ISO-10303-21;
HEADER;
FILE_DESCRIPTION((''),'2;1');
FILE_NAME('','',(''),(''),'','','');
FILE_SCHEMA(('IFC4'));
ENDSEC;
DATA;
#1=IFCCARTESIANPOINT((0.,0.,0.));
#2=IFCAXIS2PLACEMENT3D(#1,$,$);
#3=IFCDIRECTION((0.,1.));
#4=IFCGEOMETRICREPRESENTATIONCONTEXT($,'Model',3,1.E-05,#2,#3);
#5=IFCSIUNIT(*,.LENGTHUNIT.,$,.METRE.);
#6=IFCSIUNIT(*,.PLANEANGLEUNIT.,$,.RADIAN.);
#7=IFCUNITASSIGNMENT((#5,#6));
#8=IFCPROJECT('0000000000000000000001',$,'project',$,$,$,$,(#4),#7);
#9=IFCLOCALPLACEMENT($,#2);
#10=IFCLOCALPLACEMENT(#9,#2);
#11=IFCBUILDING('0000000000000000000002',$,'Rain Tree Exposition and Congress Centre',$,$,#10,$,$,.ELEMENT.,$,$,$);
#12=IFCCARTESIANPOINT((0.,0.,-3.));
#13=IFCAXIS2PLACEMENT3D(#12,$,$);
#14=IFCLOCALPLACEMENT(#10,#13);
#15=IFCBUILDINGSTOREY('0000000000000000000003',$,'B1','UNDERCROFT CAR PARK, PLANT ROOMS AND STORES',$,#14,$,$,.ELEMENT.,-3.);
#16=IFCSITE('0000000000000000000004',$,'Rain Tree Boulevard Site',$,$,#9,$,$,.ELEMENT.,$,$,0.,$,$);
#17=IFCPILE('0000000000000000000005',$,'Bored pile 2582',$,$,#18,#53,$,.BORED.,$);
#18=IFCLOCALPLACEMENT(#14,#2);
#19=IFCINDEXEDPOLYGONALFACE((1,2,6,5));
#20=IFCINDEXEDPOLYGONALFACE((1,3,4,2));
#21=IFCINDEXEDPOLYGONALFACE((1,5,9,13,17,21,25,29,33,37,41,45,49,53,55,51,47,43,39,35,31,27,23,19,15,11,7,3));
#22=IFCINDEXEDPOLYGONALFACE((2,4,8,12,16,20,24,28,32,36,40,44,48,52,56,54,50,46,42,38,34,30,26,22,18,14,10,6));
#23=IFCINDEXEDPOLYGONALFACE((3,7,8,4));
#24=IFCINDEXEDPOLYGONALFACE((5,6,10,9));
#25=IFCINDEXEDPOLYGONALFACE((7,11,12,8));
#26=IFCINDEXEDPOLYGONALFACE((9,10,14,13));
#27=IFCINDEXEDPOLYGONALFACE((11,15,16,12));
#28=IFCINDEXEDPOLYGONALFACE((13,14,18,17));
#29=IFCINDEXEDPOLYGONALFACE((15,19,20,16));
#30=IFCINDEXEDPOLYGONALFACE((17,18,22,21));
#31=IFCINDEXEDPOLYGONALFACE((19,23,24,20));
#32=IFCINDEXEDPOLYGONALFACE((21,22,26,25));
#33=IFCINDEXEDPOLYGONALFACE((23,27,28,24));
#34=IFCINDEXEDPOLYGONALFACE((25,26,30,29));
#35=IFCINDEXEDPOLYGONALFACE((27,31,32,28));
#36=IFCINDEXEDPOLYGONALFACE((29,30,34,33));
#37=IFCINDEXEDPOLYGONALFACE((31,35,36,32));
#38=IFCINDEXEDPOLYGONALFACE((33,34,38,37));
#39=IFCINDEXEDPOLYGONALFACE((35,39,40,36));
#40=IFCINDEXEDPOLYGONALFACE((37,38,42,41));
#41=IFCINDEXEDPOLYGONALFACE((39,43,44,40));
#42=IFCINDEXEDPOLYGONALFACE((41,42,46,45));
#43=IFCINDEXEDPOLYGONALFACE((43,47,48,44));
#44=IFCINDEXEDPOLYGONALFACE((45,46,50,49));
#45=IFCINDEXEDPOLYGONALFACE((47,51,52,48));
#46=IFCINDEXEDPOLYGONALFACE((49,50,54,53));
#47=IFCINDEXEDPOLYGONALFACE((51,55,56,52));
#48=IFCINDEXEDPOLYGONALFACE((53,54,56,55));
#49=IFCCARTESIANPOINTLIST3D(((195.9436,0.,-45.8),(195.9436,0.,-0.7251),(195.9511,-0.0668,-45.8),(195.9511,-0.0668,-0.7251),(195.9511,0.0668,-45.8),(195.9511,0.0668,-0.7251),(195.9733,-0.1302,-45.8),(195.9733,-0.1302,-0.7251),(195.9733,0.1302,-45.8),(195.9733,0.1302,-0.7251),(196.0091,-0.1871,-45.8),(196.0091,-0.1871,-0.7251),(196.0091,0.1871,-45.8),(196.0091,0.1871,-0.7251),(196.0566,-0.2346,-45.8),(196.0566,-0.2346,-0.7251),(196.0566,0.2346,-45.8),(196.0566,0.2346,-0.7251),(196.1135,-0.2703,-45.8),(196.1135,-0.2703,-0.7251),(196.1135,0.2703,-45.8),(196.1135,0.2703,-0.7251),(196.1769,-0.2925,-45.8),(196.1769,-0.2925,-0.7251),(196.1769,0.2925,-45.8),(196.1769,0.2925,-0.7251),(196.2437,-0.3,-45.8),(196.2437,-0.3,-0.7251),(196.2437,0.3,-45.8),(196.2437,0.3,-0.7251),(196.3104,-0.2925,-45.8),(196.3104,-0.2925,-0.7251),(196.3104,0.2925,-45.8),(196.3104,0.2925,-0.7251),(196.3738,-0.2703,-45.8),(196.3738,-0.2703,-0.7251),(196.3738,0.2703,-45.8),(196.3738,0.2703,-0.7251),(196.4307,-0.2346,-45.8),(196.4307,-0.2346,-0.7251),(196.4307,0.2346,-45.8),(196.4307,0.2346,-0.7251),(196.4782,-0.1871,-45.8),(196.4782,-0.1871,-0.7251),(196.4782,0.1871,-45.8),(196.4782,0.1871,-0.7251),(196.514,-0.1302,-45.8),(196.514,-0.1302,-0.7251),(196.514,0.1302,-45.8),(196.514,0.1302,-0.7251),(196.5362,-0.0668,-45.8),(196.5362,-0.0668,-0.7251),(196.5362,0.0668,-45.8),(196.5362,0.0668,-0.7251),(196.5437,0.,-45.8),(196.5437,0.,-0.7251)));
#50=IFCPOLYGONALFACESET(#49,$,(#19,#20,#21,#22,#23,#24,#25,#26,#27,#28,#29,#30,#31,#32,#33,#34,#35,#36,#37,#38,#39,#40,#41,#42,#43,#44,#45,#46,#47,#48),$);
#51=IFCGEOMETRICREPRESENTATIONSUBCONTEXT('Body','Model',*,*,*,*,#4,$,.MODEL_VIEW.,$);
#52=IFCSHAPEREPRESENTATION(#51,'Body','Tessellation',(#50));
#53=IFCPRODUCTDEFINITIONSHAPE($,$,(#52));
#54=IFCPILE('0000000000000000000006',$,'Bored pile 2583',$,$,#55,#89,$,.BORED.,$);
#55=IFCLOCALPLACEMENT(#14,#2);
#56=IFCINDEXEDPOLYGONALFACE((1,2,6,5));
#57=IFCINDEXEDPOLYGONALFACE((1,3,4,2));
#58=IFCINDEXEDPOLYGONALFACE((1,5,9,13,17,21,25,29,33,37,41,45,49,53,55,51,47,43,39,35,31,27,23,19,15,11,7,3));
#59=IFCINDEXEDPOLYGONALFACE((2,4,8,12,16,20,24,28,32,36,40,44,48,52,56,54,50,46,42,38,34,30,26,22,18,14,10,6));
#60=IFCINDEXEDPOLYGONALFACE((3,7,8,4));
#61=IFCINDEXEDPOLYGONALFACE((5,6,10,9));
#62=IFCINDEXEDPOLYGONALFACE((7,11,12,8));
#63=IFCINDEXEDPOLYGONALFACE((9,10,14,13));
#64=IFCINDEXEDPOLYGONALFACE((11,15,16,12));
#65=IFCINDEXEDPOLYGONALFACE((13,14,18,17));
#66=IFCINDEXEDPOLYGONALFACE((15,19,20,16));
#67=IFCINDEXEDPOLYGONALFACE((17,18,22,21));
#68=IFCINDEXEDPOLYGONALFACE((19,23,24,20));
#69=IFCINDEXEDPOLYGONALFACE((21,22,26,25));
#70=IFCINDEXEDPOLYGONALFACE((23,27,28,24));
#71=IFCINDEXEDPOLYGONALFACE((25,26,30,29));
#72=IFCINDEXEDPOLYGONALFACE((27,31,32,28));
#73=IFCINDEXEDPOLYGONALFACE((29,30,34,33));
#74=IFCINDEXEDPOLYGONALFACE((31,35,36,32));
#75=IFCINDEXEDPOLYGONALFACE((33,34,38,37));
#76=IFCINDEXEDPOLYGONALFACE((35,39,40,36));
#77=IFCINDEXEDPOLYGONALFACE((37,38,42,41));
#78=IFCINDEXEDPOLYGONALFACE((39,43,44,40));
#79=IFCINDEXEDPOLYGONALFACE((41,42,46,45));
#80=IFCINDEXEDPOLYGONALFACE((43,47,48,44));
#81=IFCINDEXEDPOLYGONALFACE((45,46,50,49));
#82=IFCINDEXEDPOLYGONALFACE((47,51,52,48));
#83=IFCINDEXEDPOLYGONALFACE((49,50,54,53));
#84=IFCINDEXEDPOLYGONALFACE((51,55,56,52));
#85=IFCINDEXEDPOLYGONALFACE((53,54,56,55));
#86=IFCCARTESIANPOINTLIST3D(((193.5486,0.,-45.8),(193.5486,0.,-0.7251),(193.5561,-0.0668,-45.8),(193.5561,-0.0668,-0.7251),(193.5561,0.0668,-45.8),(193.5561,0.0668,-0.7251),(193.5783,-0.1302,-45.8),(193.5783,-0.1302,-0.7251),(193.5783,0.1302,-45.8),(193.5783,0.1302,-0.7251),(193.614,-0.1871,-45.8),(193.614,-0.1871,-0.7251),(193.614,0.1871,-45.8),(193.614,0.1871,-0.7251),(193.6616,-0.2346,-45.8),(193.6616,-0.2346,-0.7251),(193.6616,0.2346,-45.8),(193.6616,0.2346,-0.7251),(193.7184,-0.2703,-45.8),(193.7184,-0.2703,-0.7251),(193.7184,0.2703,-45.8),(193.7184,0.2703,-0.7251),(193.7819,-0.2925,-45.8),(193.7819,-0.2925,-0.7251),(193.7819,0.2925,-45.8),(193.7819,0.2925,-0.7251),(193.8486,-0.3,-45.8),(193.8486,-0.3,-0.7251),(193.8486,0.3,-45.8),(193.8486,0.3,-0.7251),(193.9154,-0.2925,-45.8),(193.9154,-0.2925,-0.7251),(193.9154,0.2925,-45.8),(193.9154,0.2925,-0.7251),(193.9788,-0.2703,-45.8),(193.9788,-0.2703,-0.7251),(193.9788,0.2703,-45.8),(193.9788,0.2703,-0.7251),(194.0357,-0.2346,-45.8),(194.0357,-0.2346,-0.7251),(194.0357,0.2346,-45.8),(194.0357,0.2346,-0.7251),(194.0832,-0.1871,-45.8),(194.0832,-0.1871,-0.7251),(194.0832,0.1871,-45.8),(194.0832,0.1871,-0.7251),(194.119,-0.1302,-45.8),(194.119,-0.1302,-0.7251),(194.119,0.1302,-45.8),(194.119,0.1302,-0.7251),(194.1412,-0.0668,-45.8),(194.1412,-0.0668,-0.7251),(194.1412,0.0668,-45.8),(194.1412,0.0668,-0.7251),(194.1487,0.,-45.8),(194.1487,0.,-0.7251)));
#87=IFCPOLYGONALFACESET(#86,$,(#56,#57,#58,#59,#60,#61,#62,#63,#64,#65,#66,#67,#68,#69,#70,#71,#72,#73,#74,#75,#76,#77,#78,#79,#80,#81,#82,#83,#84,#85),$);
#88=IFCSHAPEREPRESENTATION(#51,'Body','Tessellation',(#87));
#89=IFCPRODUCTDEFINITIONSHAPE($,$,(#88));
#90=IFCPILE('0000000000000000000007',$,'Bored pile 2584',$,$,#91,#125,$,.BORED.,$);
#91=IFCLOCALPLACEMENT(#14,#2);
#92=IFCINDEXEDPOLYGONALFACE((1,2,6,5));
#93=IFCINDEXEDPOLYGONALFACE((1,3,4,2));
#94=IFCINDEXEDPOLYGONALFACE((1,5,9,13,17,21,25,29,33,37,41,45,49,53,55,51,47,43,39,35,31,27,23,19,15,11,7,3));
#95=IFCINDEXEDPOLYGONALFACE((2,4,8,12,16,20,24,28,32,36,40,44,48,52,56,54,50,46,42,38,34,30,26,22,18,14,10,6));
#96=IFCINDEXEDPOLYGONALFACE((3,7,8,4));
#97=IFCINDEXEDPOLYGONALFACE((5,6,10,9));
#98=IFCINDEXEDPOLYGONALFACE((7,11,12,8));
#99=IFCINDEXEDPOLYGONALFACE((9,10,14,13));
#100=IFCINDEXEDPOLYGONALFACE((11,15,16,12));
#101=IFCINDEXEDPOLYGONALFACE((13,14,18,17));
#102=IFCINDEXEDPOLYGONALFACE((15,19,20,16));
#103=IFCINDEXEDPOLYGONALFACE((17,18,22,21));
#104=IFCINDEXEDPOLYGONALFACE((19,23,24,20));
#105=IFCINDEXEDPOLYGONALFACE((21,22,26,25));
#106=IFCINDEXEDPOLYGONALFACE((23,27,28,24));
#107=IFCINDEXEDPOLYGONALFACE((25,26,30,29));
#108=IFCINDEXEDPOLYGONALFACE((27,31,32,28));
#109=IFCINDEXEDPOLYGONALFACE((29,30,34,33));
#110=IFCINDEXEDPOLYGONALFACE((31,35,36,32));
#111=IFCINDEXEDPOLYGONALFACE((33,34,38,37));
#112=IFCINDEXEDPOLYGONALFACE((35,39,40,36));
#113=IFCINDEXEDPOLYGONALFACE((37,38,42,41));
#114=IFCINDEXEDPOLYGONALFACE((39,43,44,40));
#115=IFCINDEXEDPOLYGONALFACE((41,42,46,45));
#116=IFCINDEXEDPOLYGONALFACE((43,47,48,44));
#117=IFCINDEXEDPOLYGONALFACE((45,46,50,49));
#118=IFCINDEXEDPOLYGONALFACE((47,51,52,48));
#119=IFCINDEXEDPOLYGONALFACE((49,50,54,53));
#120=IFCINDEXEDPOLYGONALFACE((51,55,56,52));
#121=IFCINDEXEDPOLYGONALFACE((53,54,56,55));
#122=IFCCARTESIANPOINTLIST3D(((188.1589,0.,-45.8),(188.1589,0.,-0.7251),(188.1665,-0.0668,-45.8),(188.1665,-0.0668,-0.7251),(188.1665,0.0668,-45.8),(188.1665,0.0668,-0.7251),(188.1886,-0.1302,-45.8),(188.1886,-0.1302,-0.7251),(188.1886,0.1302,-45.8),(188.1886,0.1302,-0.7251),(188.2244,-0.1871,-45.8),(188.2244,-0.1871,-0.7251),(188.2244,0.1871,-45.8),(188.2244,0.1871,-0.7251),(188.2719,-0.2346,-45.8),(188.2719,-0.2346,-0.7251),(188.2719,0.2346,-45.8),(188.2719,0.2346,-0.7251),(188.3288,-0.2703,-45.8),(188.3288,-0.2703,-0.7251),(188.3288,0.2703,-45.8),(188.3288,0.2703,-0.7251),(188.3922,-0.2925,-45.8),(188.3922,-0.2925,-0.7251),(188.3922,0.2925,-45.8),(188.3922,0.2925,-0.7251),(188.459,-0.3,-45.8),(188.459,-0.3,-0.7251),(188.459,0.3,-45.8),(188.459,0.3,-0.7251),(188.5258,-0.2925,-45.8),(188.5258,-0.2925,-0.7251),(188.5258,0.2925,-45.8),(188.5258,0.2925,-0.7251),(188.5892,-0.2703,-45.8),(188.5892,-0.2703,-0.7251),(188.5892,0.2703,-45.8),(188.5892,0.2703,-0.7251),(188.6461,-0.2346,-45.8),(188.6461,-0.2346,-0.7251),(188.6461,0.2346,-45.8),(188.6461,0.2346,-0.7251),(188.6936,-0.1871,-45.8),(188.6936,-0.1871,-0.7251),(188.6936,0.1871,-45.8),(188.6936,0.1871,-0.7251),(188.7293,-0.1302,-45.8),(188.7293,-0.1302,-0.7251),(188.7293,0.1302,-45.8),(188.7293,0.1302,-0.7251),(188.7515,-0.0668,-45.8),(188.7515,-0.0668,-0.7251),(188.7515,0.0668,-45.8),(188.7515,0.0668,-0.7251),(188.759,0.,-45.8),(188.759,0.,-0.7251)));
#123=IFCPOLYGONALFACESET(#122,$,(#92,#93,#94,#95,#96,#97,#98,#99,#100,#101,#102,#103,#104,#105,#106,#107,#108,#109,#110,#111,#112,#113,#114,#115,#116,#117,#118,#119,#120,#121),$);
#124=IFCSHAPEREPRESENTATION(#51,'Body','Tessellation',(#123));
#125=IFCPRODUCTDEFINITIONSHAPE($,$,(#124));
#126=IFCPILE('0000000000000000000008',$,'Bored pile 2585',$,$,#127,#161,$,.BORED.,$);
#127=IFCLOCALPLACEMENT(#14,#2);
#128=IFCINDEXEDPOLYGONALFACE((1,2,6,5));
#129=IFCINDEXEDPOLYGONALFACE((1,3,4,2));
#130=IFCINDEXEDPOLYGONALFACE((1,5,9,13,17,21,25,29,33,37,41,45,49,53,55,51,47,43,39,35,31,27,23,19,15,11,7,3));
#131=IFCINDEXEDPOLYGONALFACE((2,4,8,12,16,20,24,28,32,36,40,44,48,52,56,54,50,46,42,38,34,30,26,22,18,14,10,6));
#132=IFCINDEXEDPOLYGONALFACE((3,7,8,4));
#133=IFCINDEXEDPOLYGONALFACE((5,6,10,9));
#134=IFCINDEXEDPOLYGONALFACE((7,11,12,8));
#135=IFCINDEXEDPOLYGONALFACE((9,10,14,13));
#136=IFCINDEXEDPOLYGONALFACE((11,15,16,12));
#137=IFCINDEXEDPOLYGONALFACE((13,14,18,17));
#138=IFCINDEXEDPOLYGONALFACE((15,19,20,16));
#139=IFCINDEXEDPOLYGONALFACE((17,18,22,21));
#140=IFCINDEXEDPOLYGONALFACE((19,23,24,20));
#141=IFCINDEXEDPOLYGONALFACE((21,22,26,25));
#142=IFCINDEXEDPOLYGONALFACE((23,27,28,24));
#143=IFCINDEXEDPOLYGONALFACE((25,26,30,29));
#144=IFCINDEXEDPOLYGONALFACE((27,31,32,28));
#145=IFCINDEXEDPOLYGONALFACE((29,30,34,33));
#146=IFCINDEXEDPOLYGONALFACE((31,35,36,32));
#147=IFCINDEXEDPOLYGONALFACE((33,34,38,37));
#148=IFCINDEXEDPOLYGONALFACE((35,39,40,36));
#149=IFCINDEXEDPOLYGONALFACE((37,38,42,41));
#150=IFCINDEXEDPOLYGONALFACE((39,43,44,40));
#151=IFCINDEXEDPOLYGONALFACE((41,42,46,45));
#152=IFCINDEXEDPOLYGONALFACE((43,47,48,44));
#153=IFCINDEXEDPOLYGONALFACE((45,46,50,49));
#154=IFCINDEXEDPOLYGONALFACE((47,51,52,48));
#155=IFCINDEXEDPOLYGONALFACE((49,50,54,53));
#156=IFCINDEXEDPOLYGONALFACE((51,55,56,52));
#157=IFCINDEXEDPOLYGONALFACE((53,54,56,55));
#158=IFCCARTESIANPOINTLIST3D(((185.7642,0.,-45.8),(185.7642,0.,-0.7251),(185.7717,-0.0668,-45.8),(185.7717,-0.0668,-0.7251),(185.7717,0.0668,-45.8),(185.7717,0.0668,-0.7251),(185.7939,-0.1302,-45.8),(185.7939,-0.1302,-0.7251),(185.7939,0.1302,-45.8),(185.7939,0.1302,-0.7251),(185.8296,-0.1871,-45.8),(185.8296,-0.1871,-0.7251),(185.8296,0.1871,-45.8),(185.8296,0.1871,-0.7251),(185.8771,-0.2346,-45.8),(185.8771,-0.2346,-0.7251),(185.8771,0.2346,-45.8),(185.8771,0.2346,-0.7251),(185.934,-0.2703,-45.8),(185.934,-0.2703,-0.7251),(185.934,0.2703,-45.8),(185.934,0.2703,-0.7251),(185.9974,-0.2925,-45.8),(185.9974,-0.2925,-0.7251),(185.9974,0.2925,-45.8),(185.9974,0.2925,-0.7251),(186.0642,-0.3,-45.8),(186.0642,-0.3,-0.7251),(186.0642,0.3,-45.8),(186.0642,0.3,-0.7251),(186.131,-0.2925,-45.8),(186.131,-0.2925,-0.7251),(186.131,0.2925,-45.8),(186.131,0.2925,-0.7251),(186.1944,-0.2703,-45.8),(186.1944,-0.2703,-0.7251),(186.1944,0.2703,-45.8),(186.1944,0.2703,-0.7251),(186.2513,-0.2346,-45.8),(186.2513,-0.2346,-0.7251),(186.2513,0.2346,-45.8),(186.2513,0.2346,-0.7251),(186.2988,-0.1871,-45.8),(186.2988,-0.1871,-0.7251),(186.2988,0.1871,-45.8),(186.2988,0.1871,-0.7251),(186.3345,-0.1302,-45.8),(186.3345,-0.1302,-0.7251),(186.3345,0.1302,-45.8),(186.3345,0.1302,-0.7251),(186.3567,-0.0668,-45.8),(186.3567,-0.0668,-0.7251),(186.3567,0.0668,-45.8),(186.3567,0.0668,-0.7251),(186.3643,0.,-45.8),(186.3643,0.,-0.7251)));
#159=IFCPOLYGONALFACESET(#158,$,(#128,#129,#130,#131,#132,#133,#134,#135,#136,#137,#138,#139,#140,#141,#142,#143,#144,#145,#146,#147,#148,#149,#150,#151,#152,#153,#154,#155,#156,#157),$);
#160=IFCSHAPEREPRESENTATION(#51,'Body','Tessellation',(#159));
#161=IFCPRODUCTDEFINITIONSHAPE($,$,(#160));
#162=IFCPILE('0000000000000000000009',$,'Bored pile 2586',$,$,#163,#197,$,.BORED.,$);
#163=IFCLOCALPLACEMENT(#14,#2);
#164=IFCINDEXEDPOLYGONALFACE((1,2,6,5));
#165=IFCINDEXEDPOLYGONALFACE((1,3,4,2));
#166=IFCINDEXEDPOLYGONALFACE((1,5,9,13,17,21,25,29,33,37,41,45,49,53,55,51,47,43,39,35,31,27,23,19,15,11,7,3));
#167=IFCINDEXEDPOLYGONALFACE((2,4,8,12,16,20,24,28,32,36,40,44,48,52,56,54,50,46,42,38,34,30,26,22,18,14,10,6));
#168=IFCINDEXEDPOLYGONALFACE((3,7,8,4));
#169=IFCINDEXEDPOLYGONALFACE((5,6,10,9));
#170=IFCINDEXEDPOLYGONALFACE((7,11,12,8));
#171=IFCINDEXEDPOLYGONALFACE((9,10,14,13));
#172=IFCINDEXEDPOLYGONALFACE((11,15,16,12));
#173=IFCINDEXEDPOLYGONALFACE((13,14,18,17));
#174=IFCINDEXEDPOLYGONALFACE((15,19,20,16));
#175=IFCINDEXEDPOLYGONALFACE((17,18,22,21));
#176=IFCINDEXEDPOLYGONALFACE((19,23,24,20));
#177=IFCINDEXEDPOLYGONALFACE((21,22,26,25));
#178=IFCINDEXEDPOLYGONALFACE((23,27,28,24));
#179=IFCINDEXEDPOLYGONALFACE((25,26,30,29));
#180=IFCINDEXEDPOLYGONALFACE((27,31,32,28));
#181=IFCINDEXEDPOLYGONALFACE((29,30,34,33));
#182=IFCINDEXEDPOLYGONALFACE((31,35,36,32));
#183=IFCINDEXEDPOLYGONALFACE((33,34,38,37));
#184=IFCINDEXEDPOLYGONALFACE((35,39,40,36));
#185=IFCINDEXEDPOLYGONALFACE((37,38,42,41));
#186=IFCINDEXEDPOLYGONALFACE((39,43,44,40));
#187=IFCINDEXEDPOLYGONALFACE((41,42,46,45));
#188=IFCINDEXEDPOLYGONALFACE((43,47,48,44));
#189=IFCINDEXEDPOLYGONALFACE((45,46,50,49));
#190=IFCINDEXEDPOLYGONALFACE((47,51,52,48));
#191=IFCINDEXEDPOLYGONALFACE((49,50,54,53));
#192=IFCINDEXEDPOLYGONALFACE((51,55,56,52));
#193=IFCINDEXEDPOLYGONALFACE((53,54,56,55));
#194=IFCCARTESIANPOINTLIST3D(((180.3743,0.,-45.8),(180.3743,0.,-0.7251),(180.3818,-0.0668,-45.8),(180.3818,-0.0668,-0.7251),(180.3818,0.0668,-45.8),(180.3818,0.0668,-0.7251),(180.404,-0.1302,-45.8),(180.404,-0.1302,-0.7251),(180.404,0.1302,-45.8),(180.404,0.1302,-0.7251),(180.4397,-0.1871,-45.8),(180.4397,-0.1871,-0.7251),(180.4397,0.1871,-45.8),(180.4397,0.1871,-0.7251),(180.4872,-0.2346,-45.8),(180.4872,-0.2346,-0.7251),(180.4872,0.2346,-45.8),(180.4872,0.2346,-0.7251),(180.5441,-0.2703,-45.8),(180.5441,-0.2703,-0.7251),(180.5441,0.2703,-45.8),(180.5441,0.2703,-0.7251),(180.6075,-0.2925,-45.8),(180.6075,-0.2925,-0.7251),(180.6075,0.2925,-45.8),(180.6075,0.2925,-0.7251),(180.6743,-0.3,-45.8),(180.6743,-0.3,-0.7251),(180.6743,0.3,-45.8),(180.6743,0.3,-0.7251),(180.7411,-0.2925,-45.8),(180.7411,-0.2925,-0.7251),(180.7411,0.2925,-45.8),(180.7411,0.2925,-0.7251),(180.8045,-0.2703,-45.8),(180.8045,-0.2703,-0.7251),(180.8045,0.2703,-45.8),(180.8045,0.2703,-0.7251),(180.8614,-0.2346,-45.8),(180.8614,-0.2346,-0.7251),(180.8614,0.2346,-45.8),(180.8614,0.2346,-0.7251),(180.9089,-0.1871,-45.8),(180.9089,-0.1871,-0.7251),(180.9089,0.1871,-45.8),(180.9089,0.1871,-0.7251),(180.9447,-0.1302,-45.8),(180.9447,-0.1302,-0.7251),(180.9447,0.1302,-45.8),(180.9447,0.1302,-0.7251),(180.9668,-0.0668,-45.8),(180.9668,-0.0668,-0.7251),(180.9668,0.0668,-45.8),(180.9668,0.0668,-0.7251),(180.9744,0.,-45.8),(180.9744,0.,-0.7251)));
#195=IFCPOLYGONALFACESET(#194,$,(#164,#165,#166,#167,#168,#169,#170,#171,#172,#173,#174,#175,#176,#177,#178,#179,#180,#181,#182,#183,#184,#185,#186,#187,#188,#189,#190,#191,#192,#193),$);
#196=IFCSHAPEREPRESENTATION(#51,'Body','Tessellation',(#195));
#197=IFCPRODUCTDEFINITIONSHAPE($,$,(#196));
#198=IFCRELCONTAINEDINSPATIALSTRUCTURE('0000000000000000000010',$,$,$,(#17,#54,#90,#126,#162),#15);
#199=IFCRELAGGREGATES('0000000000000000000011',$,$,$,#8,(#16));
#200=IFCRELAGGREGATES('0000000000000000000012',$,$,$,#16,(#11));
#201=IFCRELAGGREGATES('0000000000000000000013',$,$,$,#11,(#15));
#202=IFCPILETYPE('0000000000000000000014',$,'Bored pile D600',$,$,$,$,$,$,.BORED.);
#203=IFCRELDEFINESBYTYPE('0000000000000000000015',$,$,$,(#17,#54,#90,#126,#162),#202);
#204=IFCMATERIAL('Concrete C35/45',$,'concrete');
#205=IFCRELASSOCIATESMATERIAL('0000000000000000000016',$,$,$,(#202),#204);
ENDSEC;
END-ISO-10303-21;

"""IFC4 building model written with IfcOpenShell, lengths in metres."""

from ifc_helpers import new_model, si_unit, direction, frame, origin, origin_2d, place, context, subcontext, project, spatial, circle, extrude, material, material_profile, profile_set, type_object, element, save


model = new_model("IFC4")

# Units and contexts
model_context = context("Model", 3, precision=1e-05, world=origin(), true_north=direction((0.0, 1.0)))
body_context = subcontext(model_context, "Body", "Model", "MODEL_VIEW")
ifc_project = project(units=[si_unit("LENGTHUNIT", "METRE"), si_unit("PLANEANGLEUNIT", "RADIAN")], contexts=[model_context])

# Site, building, storey
site_placement = place(None, origin())
site = spatial("IfcSite", under=ifc_project, at=site_placement, Name="Rain Tree Boulevard Site", CompositionType="ELEMENT", RefElevation=0.0)
building_placement = place(site_placement, origin())
building = spatial("IfcBuilding", under=site, at=building_placement, Name="Rain Tree Exposition and Congress Centre", CompositionType="ELEMENT")
storey_placement = place(building_placement, frame((0.0, 0.0, -3.0)))
storey = spatial("IfcBuildingStorey", under=building, at=storey_placement, Name="B1", Description="UNDERCROFT CAR PARK, PLANT ROOMS AND STORES", CompositionType="ELEMENT", Elevation=-3.0)

# Piles
ifc_material_1 = material(Name="Concrete C35/45", Category="concrete")
ifc_material_profile = material_profile(ifc_material_1, circle(Radius=0.3, at=origin_2d()), Name="D600")
ifc_profile_set = profile_set([ifc_material_profile], Name="Concrete C35/45")
pile_type = type_object("IfcPileType", Name="Bored pile D600", PredefinedType="BORED", material=ifc_profile_set)
for number, where, z_axis, x_axis, name in (
    (1, (196.2437, 0.0, -0.7251), (0.0, 0.0, -1.0), (1.0, 0.0, 0.0), "Bored pile 2582"),
    (2, (193.8486, 0.0, -0.7251), (0.0, 0.0, -1.0), (1.0, 0.0, 0.0), "Bored pile 2583"),
    (3, (188.459, 0.0, -0.7251), (0.0, 0.0, -1.0), (1.0, 0.0, 0.0), "Bored pile 2584"),
    (4, (186.0642, 0.0, -0.7251), (0.0, 0.0, -1.0), (1.0, 0.0, 0.0), "Bored pile 2585"),
    (5, (180.6743, 0.0, -0.7251), (0.0, 0.0, -1.0), (1.0, 0.0, 0.0), "Bored pile 2586"),
):
    element("IfcPile", number, at=place(storey_placement, frame(where, z_axis=z_axis, x_axis=x_axis)), inside=storey, type_object=pile_type, Name=name, PredefinedType="BORED", context=body_context, shape_type="SweptSolid", body=[
        extrude(circle(Radius=0.3, at=origin_2d()), origin(), (0.0, 0.0, 1.0), 45.075),
    ])

save(model, "model.ifc")
